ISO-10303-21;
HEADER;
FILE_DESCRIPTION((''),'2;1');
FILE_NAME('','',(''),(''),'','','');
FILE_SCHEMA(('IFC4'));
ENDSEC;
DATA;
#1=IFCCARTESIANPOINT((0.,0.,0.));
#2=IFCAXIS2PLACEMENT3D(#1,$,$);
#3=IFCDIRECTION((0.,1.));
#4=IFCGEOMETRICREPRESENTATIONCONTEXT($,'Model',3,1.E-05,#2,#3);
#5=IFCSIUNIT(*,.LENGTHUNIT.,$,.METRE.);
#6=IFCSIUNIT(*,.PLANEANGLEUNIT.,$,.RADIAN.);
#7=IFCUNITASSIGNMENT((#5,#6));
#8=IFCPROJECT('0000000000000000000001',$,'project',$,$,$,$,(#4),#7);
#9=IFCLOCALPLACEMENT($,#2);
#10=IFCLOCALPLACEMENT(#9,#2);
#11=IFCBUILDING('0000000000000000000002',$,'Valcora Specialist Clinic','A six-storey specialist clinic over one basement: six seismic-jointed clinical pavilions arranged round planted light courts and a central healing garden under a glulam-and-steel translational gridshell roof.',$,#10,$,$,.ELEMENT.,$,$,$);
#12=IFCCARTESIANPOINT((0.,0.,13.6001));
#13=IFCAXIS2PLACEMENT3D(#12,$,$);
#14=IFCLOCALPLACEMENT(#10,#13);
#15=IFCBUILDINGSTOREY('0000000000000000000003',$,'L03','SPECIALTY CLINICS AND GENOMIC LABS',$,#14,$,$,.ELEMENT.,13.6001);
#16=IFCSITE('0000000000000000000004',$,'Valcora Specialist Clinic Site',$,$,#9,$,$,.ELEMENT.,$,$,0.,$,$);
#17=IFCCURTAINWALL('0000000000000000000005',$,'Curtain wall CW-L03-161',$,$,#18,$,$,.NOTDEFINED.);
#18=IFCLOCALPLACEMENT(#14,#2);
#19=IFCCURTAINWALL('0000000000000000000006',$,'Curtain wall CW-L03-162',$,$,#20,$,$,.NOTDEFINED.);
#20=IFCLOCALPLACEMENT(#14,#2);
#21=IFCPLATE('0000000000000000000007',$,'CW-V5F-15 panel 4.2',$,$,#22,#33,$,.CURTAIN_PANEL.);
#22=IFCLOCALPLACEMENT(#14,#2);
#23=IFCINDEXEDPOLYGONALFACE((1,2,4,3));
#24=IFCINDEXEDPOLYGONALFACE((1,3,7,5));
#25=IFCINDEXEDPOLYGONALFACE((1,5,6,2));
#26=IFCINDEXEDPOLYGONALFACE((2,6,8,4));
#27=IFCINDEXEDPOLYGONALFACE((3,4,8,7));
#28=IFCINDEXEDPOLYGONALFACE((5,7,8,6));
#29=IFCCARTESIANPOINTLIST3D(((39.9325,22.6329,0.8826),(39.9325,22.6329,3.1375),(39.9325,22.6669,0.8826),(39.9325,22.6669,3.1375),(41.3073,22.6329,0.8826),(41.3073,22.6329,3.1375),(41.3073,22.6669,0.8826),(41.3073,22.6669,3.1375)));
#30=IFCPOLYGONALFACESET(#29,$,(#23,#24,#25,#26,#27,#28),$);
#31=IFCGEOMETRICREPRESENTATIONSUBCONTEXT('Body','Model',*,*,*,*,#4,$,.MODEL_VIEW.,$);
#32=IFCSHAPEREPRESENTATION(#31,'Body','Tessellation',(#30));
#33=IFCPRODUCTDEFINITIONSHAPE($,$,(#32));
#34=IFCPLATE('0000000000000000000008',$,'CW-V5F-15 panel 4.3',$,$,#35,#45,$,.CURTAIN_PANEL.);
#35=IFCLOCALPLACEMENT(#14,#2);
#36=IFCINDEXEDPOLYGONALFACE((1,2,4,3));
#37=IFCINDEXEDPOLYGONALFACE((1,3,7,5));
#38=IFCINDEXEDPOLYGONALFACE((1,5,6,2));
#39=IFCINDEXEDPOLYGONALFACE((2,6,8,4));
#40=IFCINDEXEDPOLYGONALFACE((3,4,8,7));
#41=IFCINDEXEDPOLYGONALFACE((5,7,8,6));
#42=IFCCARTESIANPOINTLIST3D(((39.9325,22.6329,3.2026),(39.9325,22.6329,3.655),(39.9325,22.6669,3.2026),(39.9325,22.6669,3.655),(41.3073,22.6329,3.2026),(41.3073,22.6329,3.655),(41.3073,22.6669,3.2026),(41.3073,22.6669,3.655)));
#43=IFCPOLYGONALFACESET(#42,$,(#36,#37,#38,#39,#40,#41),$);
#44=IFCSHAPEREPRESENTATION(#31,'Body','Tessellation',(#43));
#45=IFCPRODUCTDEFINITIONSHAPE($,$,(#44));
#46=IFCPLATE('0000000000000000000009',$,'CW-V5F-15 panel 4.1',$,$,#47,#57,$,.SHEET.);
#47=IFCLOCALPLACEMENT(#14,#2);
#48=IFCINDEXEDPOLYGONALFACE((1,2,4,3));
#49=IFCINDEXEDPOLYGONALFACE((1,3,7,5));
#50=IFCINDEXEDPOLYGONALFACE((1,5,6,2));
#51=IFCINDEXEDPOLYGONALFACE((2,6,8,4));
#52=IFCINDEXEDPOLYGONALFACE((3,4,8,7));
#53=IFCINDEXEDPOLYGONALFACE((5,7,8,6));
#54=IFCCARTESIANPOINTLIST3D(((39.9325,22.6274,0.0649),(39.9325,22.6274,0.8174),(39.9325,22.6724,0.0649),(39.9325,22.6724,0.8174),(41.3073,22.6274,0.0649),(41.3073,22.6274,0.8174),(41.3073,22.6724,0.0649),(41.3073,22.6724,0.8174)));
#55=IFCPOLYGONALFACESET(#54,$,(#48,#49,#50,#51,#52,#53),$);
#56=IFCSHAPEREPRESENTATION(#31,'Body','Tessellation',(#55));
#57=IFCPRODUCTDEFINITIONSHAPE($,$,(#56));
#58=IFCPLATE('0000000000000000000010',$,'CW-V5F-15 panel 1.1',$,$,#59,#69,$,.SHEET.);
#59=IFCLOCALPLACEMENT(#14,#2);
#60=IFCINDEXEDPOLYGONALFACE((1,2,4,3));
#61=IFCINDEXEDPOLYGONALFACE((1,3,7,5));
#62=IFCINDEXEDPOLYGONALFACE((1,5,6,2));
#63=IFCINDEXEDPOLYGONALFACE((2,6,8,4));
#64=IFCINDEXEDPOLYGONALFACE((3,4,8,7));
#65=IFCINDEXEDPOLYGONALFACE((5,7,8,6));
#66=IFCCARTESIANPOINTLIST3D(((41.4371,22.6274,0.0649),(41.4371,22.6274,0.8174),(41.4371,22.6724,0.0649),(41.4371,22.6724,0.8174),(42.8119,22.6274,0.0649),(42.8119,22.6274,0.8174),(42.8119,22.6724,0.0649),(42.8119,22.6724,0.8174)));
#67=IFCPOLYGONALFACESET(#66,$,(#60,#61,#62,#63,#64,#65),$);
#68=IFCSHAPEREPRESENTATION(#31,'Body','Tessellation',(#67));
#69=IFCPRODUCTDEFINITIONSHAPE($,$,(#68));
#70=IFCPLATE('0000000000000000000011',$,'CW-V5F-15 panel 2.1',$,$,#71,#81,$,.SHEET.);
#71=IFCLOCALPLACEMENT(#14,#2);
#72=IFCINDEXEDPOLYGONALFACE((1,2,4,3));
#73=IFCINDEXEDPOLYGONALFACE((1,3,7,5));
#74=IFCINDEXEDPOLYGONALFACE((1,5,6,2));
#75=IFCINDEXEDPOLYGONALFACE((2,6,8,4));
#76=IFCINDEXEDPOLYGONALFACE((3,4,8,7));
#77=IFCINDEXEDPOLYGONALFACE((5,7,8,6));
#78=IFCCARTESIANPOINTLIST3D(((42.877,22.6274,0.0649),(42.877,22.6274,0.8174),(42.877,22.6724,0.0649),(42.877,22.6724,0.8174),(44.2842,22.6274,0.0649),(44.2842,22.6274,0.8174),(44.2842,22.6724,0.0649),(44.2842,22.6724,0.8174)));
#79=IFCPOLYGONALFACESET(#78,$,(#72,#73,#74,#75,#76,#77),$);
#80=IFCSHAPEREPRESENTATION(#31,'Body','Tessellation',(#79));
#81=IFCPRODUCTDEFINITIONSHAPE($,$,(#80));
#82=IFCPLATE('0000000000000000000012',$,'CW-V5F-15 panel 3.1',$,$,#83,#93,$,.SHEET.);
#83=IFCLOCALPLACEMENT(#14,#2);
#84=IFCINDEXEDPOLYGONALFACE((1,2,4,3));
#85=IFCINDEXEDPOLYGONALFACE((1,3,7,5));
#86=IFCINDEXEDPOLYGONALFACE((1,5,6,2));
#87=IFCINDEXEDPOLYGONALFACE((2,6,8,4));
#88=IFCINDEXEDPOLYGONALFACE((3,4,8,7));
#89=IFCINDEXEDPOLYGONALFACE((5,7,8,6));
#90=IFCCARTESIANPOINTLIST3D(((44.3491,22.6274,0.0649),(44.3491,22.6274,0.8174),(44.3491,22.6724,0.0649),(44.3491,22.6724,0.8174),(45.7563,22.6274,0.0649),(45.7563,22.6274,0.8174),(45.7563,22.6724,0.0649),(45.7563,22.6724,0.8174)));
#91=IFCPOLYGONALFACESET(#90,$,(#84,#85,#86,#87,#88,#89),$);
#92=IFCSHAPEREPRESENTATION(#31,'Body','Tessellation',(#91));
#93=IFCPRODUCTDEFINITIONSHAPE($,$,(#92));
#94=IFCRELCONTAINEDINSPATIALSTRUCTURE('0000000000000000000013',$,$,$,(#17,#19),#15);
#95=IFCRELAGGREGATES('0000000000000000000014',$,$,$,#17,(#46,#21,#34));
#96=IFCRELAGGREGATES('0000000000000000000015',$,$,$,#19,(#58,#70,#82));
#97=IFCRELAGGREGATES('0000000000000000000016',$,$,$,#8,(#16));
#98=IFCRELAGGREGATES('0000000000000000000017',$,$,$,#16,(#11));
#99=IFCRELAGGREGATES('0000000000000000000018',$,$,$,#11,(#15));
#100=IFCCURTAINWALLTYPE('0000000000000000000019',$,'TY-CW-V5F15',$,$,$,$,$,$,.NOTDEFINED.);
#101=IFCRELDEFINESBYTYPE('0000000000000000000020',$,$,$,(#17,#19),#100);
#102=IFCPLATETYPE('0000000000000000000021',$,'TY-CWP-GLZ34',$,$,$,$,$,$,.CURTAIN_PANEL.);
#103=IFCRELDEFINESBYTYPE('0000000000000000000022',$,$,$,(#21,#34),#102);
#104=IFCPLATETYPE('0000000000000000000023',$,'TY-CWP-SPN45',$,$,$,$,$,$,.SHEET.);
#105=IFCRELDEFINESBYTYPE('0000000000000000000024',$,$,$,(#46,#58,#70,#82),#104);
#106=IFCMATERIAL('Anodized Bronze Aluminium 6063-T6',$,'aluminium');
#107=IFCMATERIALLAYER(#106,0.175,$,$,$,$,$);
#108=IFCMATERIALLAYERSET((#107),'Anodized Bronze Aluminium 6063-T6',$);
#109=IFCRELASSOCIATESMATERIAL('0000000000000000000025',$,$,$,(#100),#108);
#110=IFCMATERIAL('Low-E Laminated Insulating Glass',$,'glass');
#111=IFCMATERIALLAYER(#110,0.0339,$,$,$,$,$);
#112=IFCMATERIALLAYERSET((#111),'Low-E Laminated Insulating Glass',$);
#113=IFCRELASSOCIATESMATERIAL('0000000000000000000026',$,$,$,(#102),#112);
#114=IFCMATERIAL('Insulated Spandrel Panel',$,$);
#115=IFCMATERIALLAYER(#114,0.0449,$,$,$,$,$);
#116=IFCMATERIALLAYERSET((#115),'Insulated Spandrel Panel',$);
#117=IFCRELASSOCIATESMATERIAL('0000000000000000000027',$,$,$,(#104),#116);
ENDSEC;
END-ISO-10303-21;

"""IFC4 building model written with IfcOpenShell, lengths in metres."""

from ifc_helpers import new_model, si_unit, direction, frame, origin, origin_2d, place, context, subcontext, project, spatial, rectangle, extrude, material, layer, layer_set, type_object, element, aggregate, save


model = new_model("IFC4")

# Units and contexts
model_context = context("Model", 3, precision=1e-05, world=origin(), true_north=direction((0.0, 1.0)))
body_context = subcontext(model_context, "Body", "Model", "MODEL_VIEW")
ifc_project = project(units=[si_unit("LENGTHUNIT", "METRE"), si_unit("PLANEANGLEUNIT", "RADIAN")], contexts=[model_context])

# Site, building, storey
site_placement = place(None, origin())
site = spatial("IfcSite", under=ifc_project, at=site_placement, Name="Valcora Specialist Clinic Site", CompositionType="ELEMENT", RefElevation=0.0)
building_placement = place(site_placement, origin())
building = spatial("IfcBuilding", under=site, at=building_placement, Name="Valcora Specialist Clinic", Description="A six-storey specialist clinic over one basement: six seismic-jointed clinical pavilions arranged round planted light courts and a central healing garden under a glulam-and-steel translational gridshell roof.", CompositionType="ELEMENT")
storey_placement = place(building_placement, frame((0.0, 0.0, 13.6001)))
storey = spatial("IfcBuildingStorey", under=building, at=storey_placement, Name="L03", Description="SPECIALTY CLINICS AND GENOMIC LABS", CompositionType="ELEMENT", Elevation=13.6001)

# Curtain wall
ifc_material_1 = material(Name="Anodized Bronze Aluminium 6063-T6", Category="aluminium")
ifc_layer_1 = layer(ifc_material_1, 0.175)
ifc_layer_set_1 = layer_set([ifc_layer_1], Name="Anodized Bronze Aluminium 6063-T6")
curtain_wall_type = type_object("IfcCurtainWallType", Name="TY-CW-V5F15", PredefinedType="NOTDEFINED", material=ifc_layer_set_1)
curtain_wall_1_placement = place(storey_placement, origin())
curtain_wall_1 = element("IfcCurtainWall", 1, at=curtain_wall_1_placement, inside=storey, type_object=curtain_wall_type, Name="Curtain wall CW-L03-161", PredefinedType="NOTDEFINED")

# Curtain wall
curtain_wall_2_placement = place(storey_placement, origin())
curtain_wall_2 = element("IfcCurtainWall", 2, at=curtain_wall_2_placement, inside=storey, type_object=curtain_wall_type, Name="Curtain wall CW-L03-162", PredefinedType="NOTDEFINED")

# Plates
ifc_material_2 = material(Name="Low-E Laminated Insulating Glass", Category="glass")
ifc_layer_2 = layer(ifc_material_2, 0.0339)
ifc_layer_set_2 = layer_set([ifc_layer_2], Name="Low-E Laminated Insulating Glass")
plate_type_1 = type_object("IfcPlateType", Name="TY-CWP-GLZ34", PredefinedType="CURTAIN_PANEL", material=ifc_layer_set_2)
plate_1_placement = place(storey_placement, frame((40.6199, 22.6499, 0.8826), z_axis=(0.0, 0.0, 1.0), x_axis=(1.0, 0.0, 0.0)))
plate_1 = element("IfcPlate", 3, at=plate_1_placement, type_object=plate_type_1, Name="CW-V5F-15 panel 4.2", PredefinedType="CURTAIN_PANEL", context=body_context, shape_type="SweptSolid", body=[
    extrude(rectangle(XDim=1.3748, YDim=0.0339, at=origin_2d()), origin(), (0.0, 0.0, 1.0), 2.2549),
])
plate_2_placement = place(storey_placement, frame((40.6199, 22.6499, 3.2026), z_axis=(0.0, 0.0, 1.0), x_axis=(1.0, 0.0, 0.0)))
plate_2 = element("IfcPlate", 4, at=plate_2_placement, type_object=plate_type_1, Name="CW-V5F-15 panel 4.3", PredefinedType="CURTAIN_PANEL", context=body_context, shape_type="SweptSolid", body=[
    extrude(rectangle(XDim=1.3748, YDim=0.0339, at=origin_2d()), origin(), (0.0, 0.0, 1.0), 0.4524),
])
ifc_material_3 = material(Name="Insulated Spandrel Panel")
ifc_layer_3 = layer(ifc_material_3, 0.0449)
ifc_layer_set_3 = layer_set([ifc_layer_3], Name="Insulated Spandrel Panel")
plate_type_2 = type_object("IfcPlateType", Name="TY-CWP-SPN45", PredefinedType="SHEET", material=ifc_layer_set_3)
plate_3_placement = place(storey_placement, frame((40.6199, 22.6499, 0.0649), z_axis=(0.0, 0.0, 1.0), x_axis=(1.0, 0.0, 0.0)))
plate_3 = element("IfcPlate", 5, at=plate_3_placement, type_object=plate_type_2, Name="CW-V5F-15 panel 4.1", PredefinedType="SHEET", context=body_context, shape_type="SweptSolid", body=[
    extrude(rectangle(XDim=1.3748, YDim=0.0449, at=origin_2d()), origin(), (0.0, 0.0, 1.0), 0.7524),
])
aggregate(curtain_wall_1, [plate_3, plate_1, plate_2])
plate_4_placement = place(storey_placement, frame((42.1245, 22.6499, 0.0649), z_axis=(0.0, 0.0, 1.0), x_axis=(1.0, 0.0, 0.0)))
plate_4 = element("IfcPlate", 6, at=plate_4_placement, type_object=plate_type_2, Name="CW-V5F-15 panel 1.1", PredefinedType="SHEET", context=body_context, shape_type="SweptSolid", body=[
    extrude(rectangle(XDim=1.3748, YDim=0.0449, at=origin_2d()), origin(), (0.0, 0.0, 1.0), 0.7524),
])
plate_5_placement = place(storey_placement, frame((43.5806, 22.6499, 0.0649), z_axis=(0.0, 0.0, 1.0), x_axis=(1.0, 0.0, 0.0)))
plate_5 = element("IfcPlate", 7, at=plate_5_placement, type_object=plate_type_2, Name="CW-V5F-15 panel 2.1", PredefinedType="SHEET", context=body_context, shape_type="SweptSolid", body=[
    extrude(rectangle(XDim=1.4072, YDim=0.0449, at=origin_2d()), origin(), (0.0, 0.0, 1.0), 0.7524),
])
plate_6_placement = place(storey_placement, frame((45.0527, 22.6499, 0.0649), z_axis=(0.0, 0.0, 1.0), x_axis=(1.0, 0.0, 0.0)))
plate_6 = element("IfcPlate", 8, at=plate_6_placement, type_object=plate_type_2, Name="CW-V5F-15 panel 3.1", PredefinedType="SHEET", context=body_context, shape_type="SweptSolid", body=[
    extrude(rectangle(XDim=1.4072, YDim=0.0449, at=origin_2d()), origin(), (0.0, 0.0, 1.0), 0.7524),
])
aggregate(curtain_wall_2, [plate_4, plate_5, plate_6])

save(model, "model.ifc")
